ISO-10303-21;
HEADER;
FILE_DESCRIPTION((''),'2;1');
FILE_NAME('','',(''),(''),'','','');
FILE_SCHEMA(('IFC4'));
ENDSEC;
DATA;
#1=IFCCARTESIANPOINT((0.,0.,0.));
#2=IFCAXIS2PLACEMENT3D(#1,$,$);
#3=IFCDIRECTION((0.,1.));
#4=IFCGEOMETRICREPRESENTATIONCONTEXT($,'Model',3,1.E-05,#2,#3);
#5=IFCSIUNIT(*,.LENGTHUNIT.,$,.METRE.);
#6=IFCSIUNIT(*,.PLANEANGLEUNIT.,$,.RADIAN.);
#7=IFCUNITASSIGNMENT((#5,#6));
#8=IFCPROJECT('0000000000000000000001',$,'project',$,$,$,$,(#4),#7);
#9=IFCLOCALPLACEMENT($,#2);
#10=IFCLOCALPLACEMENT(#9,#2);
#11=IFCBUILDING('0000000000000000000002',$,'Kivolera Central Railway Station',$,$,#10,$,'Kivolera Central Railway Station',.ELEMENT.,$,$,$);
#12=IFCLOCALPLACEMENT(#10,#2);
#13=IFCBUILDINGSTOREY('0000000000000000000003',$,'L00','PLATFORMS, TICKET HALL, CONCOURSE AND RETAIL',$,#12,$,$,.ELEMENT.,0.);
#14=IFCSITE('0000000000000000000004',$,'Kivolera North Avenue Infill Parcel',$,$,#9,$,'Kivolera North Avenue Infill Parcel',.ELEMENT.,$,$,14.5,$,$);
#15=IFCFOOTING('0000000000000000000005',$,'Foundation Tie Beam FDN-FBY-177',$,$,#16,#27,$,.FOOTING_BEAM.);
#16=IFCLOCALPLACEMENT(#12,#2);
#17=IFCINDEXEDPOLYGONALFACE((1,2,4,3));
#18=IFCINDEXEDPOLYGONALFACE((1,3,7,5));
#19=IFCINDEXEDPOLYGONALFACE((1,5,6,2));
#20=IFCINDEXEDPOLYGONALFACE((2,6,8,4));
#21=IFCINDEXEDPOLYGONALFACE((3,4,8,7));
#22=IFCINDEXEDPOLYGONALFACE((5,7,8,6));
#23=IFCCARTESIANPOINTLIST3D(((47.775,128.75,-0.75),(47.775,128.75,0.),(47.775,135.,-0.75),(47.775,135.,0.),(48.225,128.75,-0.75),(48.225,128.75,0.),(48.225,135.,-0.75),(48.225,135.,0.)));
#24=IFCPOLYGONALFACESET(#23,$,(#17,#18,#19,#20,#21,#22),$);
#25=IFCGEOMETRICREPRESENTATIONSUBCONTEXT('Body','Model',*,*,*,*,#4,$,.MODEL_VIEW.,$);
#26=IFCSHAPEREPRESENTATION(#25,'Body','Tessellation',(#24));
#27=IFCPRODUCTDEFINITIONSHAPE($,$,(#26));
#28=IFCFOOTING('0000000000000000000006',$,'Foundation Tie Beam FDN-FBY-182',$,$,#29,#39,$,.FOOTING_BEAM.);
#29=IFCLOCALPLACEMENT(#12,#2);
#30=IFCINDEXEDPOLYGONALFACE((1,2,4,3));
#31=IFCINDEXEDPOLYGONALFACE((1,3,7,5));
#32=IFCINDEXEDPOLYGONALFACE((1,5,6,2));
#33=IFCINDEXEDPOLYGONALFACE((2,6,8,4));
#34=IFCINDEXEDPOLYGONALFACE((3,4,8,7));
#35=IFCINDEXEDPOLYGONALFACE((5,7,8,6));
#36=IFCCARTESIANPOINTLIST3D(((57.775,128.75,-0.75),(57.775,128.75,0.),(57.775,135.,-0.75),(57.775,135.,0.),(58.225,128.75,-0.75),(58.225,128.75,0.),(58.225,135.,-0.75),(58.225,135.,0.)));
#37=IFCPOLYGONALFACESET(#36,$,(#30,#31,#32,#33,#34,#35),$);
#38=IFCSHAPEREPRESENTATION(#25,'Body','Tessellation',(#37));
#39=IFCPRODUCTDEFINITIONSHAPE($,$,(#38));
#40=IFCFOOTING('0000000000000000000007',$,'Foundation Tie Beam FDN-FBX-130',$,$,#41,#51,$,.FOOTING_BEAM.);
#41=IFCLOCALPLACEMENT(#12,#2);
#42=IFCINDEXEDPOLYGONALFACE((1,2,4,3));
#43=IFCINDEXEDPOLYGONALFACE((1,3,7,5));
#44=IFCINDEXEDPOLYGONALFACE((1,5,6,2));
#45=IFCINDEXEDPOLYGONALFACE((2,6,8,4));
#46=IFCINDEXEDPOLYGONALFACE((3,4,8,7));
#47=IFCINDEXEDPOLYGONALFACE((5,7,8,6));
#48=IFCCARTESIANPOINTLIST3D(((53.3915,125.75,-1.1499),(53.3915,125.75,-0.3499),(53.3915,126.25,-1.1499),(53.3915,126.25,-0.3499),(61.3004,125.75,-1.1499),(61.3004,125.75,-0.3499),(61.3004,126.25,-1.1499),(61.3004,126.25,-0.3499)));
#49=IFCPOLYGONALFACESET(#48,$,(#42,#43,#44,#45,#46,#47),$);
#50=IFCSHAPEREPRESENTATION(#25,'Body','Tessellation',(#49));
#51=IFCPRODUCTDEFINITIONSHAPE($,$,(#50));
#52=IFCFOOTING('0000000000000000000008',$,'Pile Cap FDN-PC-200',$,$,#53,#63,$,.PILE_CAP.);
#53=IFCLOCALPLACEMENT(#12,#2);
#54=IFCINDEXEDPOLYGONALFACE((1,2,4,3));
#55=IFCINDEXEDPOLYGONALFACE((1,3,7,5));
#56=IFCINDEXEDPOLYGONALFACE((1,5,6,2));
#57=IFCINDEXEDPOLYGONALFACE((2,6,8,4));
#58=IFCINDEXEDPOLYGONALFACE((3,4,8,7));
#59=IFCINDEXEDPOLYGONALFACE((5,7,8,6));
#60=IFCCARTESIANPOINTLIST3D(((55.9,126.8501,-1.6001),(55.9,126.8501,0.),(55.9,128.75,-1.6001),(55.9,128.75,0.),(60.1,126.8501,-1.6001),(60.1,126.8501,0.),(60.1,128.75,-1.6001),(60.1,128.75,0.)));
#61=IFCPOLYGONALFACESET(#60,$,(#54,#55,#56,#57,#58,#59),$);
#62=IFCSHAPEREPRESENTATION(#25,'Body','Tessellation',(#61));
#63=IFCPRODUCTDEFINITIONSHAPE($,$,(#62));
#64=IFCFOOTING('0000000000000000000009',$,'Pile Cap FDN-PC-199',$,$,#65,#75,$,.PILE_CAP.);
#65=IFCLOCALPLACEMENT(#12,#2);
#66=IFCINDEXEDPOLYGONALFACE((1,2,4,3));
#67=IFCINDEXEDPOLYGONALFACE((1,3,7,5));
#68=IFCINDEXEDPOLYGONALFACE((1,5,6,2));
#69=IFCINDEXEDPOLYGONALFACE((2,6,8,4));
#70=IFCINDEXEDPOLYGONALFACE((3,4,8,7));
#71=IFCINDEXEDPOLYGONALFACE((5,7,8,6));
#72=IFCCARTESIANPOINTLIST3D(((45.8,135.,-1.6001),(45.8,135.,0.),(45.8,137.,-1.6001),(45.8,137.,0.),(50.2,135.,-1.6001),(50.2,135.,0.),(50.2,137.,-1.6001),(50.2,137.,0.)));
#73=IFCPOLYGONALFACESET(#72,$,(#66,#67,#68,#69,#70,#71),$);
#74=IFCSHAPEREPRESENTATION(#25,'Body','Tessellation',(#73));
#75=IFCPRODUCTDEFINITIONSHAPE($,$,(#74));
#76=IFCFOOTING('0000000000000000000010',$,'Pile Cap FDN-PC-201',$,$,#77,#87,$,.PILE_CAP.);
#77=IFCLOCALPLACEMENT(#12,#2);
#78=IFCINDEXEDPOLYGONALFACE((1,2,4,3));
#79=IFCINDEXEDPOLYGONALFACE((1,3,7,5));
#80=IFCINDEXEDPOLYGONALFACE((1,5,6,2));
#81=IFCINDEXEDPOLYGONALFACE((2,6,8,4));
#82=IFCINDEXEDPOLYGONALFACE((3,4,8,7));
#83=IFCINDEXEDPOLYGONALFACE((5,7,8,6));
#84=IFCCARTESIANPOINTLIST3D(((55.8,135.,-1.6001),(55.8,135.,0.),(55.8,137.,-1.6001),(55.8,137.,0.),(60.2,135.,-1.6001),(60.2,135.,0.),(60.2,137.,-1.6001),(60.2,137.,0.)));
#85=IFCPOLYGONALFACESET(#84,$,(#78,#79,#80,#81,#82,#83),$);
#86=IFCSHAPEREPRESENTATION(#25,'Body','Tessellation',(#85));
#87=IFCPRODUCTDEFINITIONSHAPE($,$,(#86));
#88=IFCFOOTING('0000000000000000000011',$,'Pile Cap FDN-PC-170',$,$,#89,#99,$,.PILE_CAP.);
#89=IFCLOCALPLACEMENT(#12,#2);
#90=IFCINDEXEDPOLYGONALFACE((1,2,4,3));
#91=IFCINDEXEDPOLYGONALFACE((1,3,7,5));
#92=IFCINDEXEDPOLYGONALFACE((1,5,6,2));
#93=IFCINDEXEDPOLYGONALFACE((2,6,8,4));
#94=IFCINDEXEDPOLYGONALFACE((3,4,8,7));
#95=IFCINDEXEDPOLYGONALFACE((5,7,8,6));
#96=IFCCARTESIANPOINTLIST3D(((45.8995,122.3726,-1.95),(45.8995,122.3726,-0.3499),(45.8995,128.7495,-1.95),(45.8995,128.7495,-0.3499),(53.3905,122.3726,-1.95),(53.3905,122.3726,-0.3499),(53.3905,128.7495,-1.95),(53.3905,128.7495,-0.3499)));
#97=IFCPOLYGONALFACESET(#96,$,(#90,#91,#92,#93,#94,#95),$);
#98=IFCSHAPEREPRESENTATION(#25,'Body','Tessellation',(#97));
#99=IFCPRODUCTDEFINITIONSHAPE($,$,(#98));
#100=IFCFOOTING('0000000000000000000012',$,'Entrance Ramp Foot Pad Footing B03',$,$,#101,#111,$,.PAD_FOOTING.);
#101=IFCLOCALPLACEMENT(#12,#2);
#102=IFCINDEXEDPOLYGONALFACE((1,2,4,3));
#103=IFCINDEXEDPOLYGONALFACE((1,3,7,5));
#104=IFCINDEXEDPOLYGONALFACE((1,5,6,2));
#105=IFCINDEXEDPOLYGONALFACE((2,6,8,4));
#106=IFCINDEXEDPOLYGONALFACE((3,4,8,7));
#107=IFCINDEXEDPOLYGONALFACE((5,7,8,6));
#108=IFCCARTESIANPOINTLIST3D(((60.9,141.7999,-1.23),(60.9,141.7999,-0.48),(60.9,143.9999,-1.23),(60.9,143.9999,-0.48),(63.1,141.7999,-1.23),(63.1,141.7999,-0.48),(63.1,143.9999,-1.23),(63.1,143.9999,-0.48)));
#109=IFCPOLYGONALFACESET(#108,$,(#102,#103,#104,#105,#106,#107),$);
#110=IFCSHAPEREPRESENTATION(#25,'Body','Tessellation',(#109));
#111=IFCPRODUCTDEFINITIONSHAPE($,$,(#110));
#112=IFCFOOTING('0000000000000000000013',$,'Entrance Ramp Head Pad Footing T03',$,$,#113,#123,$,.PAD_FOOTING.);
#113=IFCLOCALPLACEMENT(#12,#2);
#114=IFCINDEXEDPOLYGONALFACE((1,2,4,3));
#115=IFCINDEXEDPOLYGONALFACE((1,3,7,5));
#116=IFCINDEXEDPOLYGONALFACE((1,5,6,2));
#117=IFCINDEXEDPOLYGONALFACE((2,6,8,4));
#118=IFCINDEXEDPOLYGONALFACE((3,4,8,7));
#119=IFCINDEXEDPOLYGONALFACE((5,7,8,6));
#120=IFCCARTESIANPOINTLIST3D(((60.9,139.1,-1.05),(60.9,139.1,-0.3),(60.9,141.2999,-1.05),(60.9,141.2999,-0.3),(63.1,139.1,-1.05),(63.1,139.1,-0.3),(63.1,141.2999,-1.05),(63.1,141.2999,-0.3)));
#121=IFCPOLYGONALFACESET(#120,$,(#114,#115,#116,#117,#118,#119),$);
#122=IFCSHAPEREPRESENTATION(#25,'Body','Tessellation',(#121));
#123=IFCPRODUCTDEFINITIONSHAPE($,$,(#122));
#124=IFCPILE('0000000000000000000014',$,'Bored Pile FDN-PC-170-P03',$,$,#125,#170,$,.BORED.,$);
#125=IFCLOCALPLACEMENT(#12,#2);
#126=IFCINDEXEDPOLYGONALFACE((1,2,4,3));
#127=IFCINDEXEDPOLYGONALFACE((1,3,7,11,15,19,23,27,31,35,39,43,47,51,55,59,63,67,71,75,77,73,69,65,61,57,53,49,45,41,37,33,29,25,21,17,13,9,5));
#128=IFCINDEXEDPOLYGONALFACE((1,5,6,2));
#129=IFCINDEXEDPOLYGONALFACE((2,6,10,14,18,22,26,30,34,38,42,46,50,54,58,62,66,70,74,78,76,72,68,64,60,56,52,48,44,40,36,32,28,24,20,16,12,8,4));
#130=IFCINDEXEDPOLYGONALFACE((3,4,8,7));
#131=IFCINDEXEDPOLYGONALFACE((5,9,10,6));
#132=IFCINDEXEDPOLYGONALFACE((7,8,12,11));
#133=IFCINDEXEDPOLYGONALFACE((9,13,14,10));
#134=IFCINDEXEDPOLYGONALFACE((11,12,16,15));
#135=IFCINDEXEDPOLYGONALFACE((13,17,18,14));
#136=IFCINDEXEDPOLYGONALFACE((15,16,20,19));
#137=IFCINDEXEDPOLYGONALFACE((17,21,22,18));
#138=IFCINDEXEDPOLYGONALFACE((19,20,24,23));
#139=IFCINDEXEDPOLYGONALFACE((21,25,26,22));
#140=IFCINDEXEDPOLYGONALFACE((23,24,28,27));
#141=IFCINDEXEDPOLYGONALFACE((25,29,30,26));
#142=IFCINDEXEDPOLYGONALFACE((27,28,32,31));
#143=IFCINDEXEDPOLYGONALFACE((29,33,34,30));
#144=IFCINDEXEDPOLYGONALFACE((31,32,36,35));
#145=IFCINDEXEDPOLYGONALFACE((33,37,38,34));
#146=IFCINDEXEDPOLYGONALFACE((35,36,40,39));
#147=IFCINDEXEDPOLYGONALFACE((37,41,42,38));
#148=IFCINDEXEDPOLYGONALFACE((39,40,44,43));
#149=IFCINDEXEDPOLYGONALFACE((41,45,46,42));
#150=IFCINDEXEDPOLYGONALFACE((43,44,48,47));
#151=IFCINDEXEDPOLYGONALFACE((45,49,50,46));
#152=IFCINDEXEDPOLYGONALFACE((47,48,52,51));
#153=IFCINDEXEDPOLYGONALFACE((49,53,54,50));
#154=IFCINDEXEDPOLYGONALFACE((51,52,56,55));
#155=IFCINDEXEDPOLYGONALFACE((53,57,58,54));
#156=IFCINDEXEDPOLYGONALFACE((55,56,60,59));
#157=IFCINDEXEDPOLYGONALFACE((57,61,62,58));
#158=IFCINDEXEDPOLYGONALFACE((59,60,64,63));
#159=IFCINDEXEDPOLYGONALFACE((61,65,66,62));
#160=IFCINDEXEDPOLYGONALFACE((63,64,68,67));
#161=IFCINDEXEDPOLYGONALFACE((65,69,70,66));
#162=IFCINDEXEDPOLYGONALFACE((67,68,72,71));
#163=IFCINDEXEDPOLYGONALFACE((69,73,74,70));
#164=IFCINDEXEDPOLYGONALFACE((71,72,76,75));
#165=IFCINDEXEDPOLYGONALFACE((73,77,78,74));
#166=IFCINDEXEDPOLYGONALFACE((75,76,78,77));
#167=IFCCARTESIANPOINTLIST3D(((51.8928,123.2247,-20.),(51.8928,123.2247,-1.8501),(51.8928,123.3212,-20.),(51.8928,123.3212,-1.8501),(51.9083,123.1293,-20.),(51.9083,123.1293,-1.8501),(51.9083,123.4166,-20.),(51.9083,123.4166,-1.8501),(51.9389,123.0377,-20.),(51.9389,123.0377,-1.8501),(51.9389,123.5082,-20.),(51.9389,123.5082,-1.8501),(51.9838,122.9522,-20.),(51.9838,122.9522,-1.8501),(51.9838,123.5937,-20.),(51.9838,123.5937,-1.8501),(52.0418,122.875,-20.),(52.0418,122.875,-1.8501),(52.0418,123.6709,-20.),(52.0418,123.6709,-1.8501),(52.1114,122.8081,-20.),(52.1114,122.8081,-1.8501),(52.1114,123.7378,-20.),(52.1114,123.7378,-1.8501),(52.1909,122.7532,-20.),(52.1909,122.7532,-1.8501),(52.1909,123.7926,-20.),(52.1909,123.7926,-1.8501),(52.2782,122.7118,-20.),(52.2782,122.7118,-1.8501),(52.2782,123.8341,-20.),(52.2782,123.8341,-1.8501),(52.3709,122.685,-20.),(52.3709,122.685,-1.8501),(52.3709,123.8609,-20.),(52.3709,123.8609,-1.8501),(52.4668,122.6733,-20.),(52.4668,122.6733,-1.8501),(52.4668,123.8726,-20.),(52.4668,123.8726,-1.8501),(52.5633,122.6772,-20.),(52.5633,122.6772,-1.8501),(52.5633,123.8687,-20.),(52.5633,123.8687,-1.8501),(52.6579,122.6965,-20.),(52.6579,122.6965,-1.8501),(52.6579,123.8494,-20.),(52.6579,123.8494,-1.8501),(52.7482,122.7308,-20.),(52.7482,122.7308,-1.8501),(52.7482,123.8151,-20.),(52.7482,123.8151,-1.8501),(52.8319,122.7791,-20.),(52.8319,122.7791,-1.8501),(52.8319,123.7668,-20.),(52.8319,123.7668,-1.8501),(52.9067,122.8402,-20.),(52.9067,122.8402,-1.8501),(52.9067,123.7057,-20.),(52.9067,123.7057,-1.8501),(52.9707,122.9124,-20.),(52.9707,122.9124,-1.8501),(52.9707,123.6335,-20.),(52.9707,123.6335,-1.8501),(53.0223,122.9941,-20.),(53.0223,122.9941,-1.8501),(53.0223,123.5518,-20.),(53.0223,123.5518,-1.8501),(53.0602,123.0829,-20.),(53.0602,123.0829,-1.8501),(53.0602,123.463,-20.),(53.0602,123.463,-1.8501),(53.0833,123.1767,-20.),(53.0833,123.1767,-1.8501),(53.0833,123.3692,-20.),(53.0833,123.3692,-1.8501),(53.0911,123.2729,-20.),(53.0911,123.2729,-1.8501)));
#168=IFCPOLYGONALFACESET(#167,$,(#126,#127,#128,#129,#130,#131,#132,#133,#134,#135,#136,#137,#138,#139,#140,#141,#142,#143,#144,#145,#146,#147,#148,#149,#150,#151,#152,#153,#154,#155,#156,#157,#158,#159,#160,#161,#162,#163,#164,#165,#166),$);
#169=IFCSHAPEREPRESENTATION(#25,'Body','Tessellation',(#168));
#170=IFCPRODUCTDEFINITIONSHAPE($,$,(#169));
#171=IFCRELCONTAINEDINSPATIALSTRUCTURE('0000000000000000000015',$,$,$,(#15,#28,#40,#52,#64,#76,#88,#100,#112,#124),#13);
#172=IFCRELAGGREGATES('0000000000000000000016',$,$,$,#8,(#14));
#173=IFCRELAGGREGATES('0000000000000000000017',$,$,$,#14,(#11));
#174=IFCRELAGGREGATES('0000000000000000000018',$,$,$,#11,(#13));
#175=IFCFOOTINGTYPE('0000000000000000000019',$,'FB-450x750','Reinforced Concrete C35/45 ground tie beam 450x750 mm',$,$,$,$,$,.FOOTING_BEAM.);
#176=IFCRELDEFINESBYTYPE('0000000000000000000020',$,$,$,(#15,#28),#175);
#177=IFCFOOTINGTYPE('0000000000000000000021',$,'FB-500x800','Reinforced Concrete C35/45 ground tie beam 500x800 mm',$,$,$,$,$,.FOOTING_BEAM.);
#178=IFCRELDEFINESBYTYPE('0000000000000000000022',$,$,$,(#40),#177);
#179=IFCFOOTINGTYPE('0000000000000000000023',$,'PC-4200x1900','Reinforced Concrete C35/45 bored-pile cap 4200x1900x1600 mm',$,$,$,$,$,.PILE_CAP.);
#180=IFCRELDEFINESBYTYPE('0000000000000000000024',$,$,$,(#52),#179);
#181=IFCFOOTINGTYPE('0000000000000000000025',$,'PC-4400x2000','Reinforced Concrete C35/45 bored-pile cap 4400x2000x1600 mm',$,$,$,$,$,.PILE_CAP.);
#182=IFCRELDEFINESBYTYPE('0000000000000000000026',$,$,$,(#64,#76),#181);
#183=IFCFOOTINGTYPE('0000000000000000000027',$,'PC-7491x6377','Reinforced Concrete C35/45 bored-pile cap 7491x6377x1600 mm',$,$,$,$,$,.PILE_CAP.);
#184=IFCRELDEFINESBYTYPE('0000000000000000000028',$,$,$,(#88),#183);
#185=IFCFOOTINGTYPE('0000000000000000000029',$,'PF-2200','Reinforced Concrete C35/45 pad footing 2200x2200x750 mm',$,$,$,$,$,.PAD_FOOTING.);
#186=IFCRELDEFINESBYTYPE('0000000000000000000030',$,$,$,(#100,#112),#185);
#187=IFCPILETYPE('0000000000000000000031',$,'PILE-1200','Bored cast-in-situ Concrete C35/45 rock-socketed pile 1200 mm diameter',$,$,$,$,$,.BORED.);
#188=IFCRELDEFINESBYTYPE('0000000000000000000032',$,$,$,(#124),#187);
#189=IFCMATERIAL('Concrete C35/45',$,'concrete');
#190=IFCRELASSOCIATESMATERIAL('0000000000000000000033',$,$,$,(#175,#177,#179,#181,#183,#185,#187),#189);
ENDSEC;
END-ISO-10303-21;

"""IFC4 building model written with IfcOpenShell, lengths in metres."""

from ifc_helpers import new_model, si_unit, direction, frame, origin, origin_2d, place, context, subcontext, project, spatial, rectangle, circle, extrude, material, material_profile, profile_set, type_object, element, save


model = new_model("IFC4")

# Units and contexts
model_context = context("Model", 3, precision=1e-05, world=origin(), true_north=direction((0.0, 1.0)))
body_context = subcontext(model_context, "Body", "Model", "MODEL_VIEW")
ifc_project = project(units=[si_unit("LENGTHUNIT", "METRE"), si_unit("PLANEANGLEUNIT", "RADIAN")], contexts=[model_context])

# Site, building, storey
site_placement = place(None, origin())
site = spatial("IfcSite", under=ifc_project, at=site_placement, Name="Kivolera North Avenue Infill Parcel", LongName="Kivolera North Avenue Infill Parcel", CompositionType="ELEMENT", RefElevation=14.5)
building_placement = place(site_placement, origin())
building = spatial("IfcBuilding", under=site, at=building_placement, Name="Kivolera Central Railway Station", LongName="Kivolera Central Railway Station", CompositionType="ELEMENT")
storey_placement = place(building_placement, origin())
storey = spatial("IfcBuildingStorey", under=building, at=storey_placement, Name="L00", Description="PLATFORMS, TICKET HALL, CONCOURSE AND RETAIL", CompositionType="ELEMENT", Elevation=0.0)

# Footings
ifc_material_1 = material(Name="Concrete C35/45", Category="concrete")
footing_type_1 = type_object("IfcFootingType", Name="FB-450x750", Description="Reinforced Concrete C35/45 ground tie beam 450x750 mm", PredefinedType="FOOTING_BEAM", material=ifc_material_1)
for number, where, z_axis, x_axis, name in (
    (1, (48.0, 131.875, -0.75), (0.0, 0.0, 1.0), (1.0, 0.0, 0.0), "Foundation Tie Beam FDN-FBY-177"),
    (2, (58.0, 131.875, -0.75), (0.0, 0.0, 1.0), (1.0, 0.0, 0.0), "Foundation Tie Beam FDN-FBY-182"),
):
    element("IfcFooting", number, at=place(storey_placement, frame(where, z_axis=z_axis, x_axis=x_axis)), inside=storey, type_object=footing_type_1, Name=name, PredefinedType="FOOTING_BEAM", context=body_context, shape_type="SweptSolid", body=[
        extrude(rectangle(XDim=0.45, YDim=6.25, at=origin_2d()), origin(), (0.0, 0.0, 1.0), 0.75),
    ])
footing_type_2 = type_object("IfcFootingType", Name="FB-500x800", Description="Reinforced Concrete C35/45 ground tie beam 500x800 mm", PredefinedType="FOOTING_BEAM", material=ifc_material_1)
footing_1_placement = place(storey_placement, frame((57.3459, 126.0, -1.1499), z_axis=(0.0, 0.0, 1.0), x_axis=(1.0, 0.0, 0.0)))
element("IfcFooting", 3, at=footing_1_placement, inside=storey, type_object=footing_type_2, Name="Foundation Tie Beam FDN-FBX-130", PredefinedType="FOOTING_BEAM", context=body_context, shape_type="SweptSolid", body=[
    extrude(rectangle(XDim=7.9089, YDim=0.5, at=origin_2d()), origin(), (0.0, 0.0, 1.0), 0.8),
])
footing_type_3 = type_object("IfcFootingType", Name="PC-4200x1900", Description="Reinforced Concrete C35/45 bored-pile cap 4200x1900x1600 mm", PredefinedType="PILE_CAP", material=ifc_material_1)
footing_2_placement = place(storey_placement, frame((58.0, 127.8, -1.6001), z_axis=(0.0, 0.0, 1.0), x_axis=(1.0, 0.0, 0.0)))
element("IfcFooting", 4, at=footing_2_placement, inside=storey, type_object=footing_type_3, Name="Pile Cap FDN-PC-200", PredefinedType="PILE_CAP", context=body_context, shape_type="SweptSolid", body=[
    extrude(rectangle(XDim=4.2, YDim=1.8999, at=origin_2d()), origin(), (0.0, 0.0, 1.0), 1.6001),
])
footing_type_4 = type_object("IfcFootingType", Name="PC-4400x2000", Description="Reinforced Concrete C35/45 bored-pile cap 4400x2000x1600 mm", PredefinedType="PILE_CAP", material=ifc_material_1)
for number, where, z_axis, x_axis, name in (
    (5, (48.0, 136.0, -1.6001), (0.0, 0.0, 1.0), (1.0, 0.0, 0.0), "Pile Cap FDN-PC-199"),
    (6, (58.0, 136.0, -1.6001), (0.0, 0.0, 1.0), (1.0, 0.0, 0.0), "Pile Cap FDN-PC-201"),
):
    element("IfcFooting", number, at=place(storey_placement, frame(where, z_axis=z_axis, x_axis=x_axis)), inside=storey, type_object=footing_type_4, Name=name, PredefinedType="PILE_CAP", context=body_context, shape_type="SweptSolid", body=[
        extrude(rectangle(XDim=4.3999, YDim=2.0, at=origin_2d()), origin(), (0.0, 0.0, 1.0), 1.6001),
    ])
footing_type_5 = type_object("IfcFootingType", Name="PC-7491x6377", Description="Reinforced Concrete C35/45 bored-pile cap 7491x6377x1600 mm", PredefinedType="PILE_CAP", material=ifc_material_1)
footing_3_placement = place(storey_placement, frame((49.645, 125.561, -1.95), z_axis=(0.0, 0.0, 1.0), x_axis=(1.0, 0.0, 0.0)))
element("IfcFooting", 7, at=footing_3_placement, inside=storey, type_object=footing_type_5, Name="Pile Cap FDN-PC-170", PredefinedType="PILE_CAP", context=body_context, shape_type="SweptSolid", body=[
    extrude(rectangle(XDim=7.491, YDim=6.377, at=origin_2d()), origin(), (0.0, 0.0, 1.0), 1.6001),
])
footing_type_6 = type_object("IfcFootingType", Name="PF-2200", Description="Reinforced Concrete C35/45 pad footing 2200x2200x750 mm", PredefinedType="PAD_FOOTING", material=ifc_material_1)
for number, where, z_axis, x_axis, name in (
    (8, (62.0, 142.8999, -1.23), (0.0, 0.0, 1.0), (1.0, 0.0, 0.0), "Entrance Ramp Foot Pad Footing B03"),
    (9, (62.0, 140.2, -1.05), (0.0, 0.0, 1.0), (1.0, 0.0, 0.0), "Entrance Ramp Head Pad Footing T03"),
):
    element("IfcFooting", number, at=place(storey_placement, frame(where, z_axis=z_axis, x_axis=x_axis)), inside=storey, type_object=footing_type_6, Name=name, PredefinedType="PAD_FOOTING", context=body_context, shape_type="SweptSolid", body=[
        extrude(rectangle(XDim=2.2, YDim=2.2, at=origin_2d()), origin(), (0.0, 0.0, 1.0), 0.75),
    ])

# Pile
ifc_material_profile_1 = material_profile(ifc_material_1, circle(Radius=0.6001, at=origin_2d()), Name="PILE D1200")
ifc_profile_set_1 = profile_set([ifc_material_profile_1], Name="Concrete C35/45")
pile_type_1 = type_object("IfcPileType", Name="PILE-1200", Description="Bored cast-in-situ Concrete C35/45 rock-socketed pile 1200 mm diameter", PredefinedType="BORED", material=ifc_profile_set_1)
for number, where, z_axis, x_axis, name in (
    (10, (52.491, 123.2729, -1.8501), (0.0, 0.0, -1.0), (1.0, 0.0, 0.0), "Bored Pile FDN-PC-170-P03"),
):
    element("IfcPile", number, at=place(storey_placement, frame(where, z_axis=z_axis, x_axis=x_axis)), inside=storey, type_object=pile_type_1, Name=name, PredefinedType="BORED", context=body_context, shape_type="SweptSolid", body=[
        extrude(circle(Radius=0.6001, at=origin_2d()), origin(), (0.0, 0.0, 1.0), 18.1499),
    ])

save(model, "model.ifc")
